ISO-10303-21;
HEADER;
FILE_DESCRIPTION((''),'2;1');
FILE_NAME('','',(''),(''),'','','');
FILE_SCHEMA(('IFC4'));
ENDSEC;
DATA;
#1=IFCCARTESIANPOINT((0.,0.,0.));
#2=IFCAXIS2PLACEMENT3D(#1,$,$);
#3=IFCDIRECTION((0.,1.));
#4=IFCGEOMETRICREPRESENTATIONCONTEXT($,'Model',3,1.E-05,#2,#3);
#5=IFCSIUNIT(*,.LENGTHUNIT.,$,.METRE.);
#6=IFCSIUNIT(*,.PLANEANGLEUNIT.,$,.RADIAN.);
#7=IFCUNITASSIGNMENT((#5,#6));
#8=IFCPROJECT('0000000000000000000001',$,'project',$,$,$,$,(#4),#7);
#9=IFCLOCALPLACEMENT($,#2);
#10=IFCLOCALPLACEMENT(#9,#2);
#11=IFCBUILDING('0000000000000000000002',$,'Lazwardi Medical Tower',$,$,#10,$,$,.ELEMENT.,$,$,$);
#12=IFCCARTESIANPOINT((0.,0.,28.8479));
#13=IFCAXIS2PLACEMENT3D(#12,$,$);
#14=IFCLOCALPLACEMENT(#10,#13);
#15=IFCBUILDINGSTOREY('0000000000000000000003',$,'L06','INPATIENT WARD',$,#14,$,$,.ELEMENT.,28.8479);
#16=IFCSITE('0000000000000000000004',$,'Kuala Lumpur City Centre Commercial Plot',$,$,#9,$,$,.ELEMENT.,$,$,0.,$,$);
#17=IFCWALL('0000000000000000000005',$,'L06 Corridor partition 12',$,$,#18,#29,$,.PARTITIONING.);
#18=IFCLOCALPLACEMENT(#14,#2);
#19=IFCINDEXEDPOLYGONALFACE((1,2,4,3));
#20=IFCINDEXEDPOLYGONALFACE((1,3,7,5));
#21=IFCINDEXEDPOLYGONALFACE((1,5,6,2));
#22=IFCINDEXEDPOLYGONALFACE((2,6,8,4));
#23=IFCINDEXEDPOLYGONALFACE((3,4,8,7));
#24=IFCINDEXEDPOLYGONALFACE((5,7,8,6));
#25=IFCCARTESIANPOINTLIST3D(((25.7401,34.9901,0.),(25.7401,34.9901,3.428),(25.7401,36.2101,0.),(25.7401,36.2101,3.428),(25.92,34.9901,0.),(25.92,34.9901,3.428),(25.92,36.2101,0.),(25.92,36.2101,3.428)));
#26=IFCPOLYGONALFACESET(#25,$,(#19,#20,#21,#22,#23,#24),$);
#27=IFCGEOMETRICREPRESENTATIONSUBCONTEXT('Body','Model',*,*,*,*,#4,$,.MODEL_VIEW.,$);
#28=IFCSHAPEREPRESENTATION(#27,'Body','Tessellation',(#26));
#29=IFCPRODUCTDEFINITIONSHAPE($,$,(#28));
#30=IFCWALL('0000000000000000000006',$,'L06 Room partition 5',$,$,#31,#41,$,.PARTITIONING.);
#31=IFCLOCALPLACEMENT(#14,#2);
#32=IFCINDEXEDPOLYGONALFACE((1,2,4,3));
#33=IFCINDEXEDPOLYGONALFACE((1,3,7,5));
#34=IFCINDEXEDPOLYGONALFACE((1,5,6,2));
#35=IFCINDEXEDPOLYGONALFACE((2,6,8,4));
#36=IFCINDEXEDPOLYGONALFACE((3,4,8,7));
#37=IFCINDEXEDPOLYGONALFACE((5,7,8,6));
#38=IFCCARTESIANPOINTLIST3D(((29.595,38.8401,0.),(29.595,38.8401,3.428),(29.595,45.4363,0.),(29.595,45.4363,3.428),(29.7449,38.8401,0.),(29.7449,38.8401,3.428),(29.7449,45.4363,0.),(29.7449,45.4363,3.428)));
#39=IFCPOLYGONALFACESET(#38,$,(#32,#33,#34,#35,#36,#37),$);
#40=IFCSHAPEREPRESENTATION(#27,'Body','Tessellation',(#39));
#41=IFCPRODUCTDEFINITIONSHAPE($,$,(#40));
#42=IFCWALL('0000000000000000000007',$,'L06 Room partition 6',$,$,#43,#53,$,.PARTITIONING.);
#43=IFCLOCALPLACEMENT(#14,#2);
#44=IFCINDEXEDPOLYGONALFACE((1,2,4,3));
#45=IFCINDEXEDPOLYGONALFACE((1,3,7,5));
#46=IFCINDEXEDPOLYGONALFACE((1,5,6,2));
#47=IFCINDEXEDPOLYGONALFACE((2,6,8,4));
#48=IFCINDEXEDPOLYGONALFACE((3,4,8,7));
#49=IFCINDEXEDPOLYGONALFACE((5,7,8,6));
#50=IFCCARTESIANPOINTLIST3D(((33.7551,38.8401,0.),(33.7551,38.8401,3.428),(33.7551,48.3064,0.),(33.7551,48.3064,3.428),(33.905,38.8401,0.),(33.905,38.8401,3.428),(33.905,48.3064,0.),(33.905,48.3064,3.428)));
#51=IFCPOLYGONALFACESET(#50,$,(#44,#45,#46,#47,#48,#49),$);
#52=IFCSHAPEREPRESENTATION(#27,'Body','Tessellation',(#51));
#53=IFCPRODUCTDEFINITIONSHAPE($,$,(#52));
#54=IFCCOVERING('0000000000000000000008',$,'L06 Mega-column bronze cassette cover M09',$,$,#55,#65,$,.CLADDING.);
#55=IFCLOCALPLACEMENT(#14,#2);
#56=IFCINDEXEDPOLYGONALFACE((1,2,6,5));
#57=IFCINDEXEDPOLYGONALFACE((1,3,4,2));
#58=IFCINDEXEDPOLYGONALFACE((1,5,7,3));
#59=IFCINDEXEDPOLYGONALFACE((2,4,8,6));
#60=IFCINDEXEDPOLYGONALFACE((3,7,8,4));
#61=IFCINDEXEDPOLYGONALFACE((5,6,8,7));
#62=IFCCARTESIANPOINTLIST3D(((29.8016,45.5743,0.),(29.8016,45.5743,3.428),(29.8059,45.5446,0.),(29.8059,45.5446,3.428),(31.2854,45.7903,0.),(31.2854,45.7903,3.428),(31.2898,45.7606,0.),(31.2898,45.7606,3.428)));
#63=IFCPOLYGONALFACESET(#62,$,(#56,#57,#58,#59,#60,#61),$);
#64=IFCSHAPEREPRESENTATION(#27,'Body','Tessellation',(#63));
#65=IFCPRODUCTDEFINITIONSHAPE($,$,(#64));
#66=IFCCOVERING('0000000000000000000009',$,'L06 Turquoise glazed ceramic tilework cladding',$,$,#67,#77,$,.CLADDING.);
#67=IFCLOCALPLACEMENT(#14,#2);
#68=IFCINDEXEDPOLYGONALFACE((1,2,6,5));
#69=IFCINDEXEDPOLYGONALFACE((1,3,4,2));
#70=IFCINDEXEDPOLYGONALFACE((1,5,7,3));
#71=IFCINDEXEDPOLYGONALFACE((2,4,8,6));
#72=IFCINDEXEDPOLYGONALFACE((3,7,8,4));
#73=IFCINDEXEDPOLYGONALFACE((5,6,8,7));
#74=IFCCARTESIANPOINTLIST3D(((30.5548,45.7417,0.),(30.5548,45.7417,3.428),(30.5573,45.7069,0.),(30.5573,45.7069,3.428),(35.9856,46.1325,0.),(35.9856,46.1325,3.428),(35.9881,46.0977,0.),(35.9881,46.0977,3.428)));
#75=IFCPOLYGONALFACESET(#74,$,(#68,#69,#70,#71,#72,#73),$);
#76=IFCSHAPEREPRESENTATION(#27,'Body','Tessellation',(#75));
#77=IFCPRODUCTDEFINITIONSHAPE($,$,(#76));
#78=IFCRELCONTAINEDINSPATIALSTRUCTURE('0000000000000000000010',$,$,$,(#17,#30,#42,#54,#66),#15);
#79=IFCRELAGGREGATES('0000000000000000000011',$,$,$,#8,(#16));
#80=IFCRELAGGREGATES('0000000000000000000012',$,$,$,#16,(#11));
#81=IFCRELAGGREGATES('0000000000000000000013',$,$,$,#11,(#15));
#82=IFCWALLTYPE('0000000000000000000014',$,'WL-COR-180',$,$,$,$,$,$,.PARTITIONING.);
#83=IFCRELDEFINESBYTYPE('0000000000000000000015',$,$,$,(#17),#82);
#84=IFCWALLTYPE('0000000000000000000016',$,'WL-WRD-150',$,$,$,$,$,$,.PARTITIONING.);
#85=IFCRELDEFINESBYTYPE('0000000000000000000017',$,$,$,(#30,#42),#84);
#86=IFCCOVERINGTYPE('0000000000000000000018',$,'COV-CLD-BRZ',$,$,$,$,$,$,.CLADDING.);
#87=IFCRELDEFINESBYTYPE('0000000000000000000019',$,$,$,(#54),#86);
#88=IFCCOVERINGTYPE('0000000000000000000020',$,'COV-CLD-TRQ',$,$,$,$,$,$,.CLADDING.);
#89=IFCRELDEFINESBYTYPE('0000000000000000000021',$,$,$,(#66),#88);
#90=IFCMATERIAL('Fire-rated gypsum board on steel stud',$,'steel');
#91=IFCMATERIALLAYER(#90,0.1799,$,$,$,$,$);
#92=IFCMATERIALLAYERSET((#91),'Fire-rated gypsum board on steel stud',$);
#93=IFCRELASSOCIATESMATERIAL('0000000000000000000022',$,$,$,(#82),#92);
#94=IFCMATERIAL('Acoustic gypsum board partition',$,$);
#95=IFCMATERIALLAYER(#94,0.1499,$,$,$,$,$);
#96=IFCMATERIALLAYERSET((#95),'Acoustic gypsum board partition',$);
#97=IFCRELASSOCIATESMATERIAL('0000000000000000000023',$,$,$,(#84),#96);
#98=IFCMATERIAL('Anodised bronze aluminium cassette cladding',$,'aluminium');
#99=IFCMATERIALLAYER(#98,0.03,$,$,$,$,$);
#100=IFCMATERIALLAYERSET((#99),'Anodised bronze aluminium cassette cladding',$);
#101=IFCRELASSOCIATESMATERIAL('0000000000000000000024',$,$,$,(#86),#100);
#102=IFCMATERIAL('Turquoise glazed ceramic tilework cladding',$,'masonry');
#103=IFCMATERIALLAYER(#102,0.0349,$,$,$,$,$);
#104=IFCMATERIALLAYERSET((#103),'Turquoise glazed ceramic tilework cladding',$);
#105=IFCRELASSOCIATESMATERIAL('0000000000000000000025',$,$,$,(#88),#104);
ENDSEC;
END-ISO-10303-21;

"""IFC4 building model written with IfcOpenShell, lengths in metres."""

from ifc_helpers import new_model, si_unit, direction, frame, frame_2d, origin, origin_2d, place, context, subcontext, project, spatial, rectangle, extrude, material, layer, layer_set, type_object, element, save


model = new_model("IFC4")

# Units and contexts
model_context = context("Model", 3, precision=1e-05, world=origin(), true_north=direction((0.0, 1.0)))
body_context = subcontext(model_context, "Body", "Model", "MODEL_VIEW")
ifc_project = project(units=[si_unit("LENGTHUNIT", "METRE"), si_unit("PLANEANGLEUNIT", "RADIAN")], contexts=[model_context])

# Site, building, storey
site_placement = place(None, origin())
site = spatial("IfcSite", under=ifc_project, at=site_placement, Name="Kuala Lumpur City Centre Commercial Plot", CompositionType="ELEMENT", RefElevation=0.0)
building_placement = place(site_placement, origin())
building = spatial("IfcBuilding", under=site, at=building_placement, Name="Lazwardi Medical Tower", CompositionType="ELEMENT")
storey_placement = place(building_placement, frame((0.0, 0.0, 28.8479)))
storey = spatial("IfcBuildingStorey", under=building, at=storey_placement, Name="L06", Description="INPATIENT WARD", CompositionType="ELEMENT", Elevation=28.8479)

# Shared definitions
ifc_material_1 = material(Name="Fire-rated gypsum board on steel stud", Category="steel")
ifc_layer_1 = layer(ifc_material_1, 0.1799)
ifc_layer_set_1 = layer_set([ifc_layer_1], Name="Fire-rated gypsum board on steel stud")
wall_type_1 = type_object("IfcWallType", Name="WL-COR-180", PredefinedType="PARTITIONING", material=ifc_layer_set_1)

# Walls
wall_1_placement = place(storey_placement, frame((25.8301, 36.21, 0.0), z_axis=(0.0, 0.0, 1.0), x_axis=(0.0, -1.0, 0.0)))
element("IfcWall", 1, at=wall_1_placement, inside=storey, type_object=wall_type_1, Name="L06 Corridor partition 12", PredefinedType="PARTITIONING", context=body_context, shape_type="SweptSolid", body=[
    extrude(rectangle(XDim=1.22, YDim=0.1799, at=frame_2d((0.6099, 0.0))), origin(), (0.0, 0.0, 1.0), 3.428),
])
ifc_material_2 = material(Name="Acoustic gypsum board partition")
ifc_layer_2 = layer(ifc_material_2, 0.1499)
ifc_layer_set_2 = layer_set([ifc_layer_2], Name="Acoustic gypsum board partition")
wall_type_2 = type_object("IfcWallType", Name="WL-WRD-150", PredefinedType="PARTITIONING", material=ifc_layer_set_2)
wall_2_placement = place(storey_placement, frame((29.6699, 38.8401, 0.0), z_axis=(0.0, 0.0, 1.0), x_axis=(0.0, 1.0, 0.0)))
element("IfcWall", 2, at=wall_2_placement, inside=storey, type_object=wall_type_2, Name="L06 Room partition 5", PredefinedType="PARTITIONING", context=body_context, shape_type="SweptSolid", body=[
    extrude(rectangle(XDim=6.5962, YDim=0.1499, at=frame_2d((3.2981, 0.0))), origin(), (0.0, 0.0, 1.0), 3.428),
])
wall_3_placement = place(storey_placement, frame((33.8301, 38.8401, 0.0), z_axis=(0.0, 0.0, 1.0), x_axis=(0.0, 1.0, 0.0)))
element("IfcWall", 3, at=wall_3_placement, inside=storey, type_object=wall_type_2, Name="L06 Room partition 6", PredefinedType="PARTITIONING", context=body_context, shape_type="SweptSolid", body=[
    extrude(rectangle(XDim=9.4663, YDim=0.1499, at=frame_2d((4.7332, 0.0))), origin(), (0.0, 0.0, 1.0), 3.428),
])

# Coverings
ifc_material_3 = material(Name="Anodised bronze aluminium cassette cladding", Category="aluminium")
ifc_layer_3 = layer(ifc_material_3, 0.03)
ifc_layer_set_3 = layer_set([ifc_layer_3], Name="Anodised bronze aluminium cassette cladding")
covering_type_1 = type_object("IfcCoveringType", Name="COV-CLD-BRZ", PredefinedType="CLADDING", material=ifc_layer_set_3)
covering_1_placement = place(storey_placement, frame((30.5457, 45.6675, 0.0), z_axis=(0.0, 0.0, 1.0), x_axis=(-0.989573, -0.144035, 0.0)))
element("IfcCovering", 4, at=covering_1_placement, inside=storey, type_object=covering_type_1, Name="L06 Mega-column bronze cassette cover M09", PredefinedType="CLADDING", context=body_context, shape_type="SweptSolid", body=[
    extrude(rectangle(XDim=1.4995, YDim=0.03, at=origin_2d()), origin(), (0.0, 0.0, 1.0), 3.428),
])
ifc_material_4 = material(Name="Turquoise glazed ceramic tilework cladding", Category="masonry")
ifc_layer_4 = layer(ifc_material_4, 0.0349)
ifc_layer_set_4 = layer_set([ifc_layer_4], Name="Turquoise glazed ceramic tilework cladding")
covering_type_2 = type_object("IfcCoveringType", Name="COV-CLD-TRQ", PredefinedType="CLADDING", material=ifc_layer_set_4)
covering_2_placement = place(storey_placement, frame((33.2715, 45.9197, 0.0), z_axis=(0.0, 0.0, 1.0), x_axis=(-0.997421, -0.071774, 0.0)))
element("IfcCovering", 5, at=covering_2_placement, inside=storey, type_object=covering_type_2, Name="L06 Turquoise glazed ceramic tilework cladding", PredefinedType="CLADDING", context=body_context, shape_type="SweptSolid", body=[
    extrude(rectangle(XDim=5.4448, YDim=0.0349, at=origin_2d()), origin(), (0.0, 0.0, 1.0), 3.428),
])

save(model, "model.ifc")
